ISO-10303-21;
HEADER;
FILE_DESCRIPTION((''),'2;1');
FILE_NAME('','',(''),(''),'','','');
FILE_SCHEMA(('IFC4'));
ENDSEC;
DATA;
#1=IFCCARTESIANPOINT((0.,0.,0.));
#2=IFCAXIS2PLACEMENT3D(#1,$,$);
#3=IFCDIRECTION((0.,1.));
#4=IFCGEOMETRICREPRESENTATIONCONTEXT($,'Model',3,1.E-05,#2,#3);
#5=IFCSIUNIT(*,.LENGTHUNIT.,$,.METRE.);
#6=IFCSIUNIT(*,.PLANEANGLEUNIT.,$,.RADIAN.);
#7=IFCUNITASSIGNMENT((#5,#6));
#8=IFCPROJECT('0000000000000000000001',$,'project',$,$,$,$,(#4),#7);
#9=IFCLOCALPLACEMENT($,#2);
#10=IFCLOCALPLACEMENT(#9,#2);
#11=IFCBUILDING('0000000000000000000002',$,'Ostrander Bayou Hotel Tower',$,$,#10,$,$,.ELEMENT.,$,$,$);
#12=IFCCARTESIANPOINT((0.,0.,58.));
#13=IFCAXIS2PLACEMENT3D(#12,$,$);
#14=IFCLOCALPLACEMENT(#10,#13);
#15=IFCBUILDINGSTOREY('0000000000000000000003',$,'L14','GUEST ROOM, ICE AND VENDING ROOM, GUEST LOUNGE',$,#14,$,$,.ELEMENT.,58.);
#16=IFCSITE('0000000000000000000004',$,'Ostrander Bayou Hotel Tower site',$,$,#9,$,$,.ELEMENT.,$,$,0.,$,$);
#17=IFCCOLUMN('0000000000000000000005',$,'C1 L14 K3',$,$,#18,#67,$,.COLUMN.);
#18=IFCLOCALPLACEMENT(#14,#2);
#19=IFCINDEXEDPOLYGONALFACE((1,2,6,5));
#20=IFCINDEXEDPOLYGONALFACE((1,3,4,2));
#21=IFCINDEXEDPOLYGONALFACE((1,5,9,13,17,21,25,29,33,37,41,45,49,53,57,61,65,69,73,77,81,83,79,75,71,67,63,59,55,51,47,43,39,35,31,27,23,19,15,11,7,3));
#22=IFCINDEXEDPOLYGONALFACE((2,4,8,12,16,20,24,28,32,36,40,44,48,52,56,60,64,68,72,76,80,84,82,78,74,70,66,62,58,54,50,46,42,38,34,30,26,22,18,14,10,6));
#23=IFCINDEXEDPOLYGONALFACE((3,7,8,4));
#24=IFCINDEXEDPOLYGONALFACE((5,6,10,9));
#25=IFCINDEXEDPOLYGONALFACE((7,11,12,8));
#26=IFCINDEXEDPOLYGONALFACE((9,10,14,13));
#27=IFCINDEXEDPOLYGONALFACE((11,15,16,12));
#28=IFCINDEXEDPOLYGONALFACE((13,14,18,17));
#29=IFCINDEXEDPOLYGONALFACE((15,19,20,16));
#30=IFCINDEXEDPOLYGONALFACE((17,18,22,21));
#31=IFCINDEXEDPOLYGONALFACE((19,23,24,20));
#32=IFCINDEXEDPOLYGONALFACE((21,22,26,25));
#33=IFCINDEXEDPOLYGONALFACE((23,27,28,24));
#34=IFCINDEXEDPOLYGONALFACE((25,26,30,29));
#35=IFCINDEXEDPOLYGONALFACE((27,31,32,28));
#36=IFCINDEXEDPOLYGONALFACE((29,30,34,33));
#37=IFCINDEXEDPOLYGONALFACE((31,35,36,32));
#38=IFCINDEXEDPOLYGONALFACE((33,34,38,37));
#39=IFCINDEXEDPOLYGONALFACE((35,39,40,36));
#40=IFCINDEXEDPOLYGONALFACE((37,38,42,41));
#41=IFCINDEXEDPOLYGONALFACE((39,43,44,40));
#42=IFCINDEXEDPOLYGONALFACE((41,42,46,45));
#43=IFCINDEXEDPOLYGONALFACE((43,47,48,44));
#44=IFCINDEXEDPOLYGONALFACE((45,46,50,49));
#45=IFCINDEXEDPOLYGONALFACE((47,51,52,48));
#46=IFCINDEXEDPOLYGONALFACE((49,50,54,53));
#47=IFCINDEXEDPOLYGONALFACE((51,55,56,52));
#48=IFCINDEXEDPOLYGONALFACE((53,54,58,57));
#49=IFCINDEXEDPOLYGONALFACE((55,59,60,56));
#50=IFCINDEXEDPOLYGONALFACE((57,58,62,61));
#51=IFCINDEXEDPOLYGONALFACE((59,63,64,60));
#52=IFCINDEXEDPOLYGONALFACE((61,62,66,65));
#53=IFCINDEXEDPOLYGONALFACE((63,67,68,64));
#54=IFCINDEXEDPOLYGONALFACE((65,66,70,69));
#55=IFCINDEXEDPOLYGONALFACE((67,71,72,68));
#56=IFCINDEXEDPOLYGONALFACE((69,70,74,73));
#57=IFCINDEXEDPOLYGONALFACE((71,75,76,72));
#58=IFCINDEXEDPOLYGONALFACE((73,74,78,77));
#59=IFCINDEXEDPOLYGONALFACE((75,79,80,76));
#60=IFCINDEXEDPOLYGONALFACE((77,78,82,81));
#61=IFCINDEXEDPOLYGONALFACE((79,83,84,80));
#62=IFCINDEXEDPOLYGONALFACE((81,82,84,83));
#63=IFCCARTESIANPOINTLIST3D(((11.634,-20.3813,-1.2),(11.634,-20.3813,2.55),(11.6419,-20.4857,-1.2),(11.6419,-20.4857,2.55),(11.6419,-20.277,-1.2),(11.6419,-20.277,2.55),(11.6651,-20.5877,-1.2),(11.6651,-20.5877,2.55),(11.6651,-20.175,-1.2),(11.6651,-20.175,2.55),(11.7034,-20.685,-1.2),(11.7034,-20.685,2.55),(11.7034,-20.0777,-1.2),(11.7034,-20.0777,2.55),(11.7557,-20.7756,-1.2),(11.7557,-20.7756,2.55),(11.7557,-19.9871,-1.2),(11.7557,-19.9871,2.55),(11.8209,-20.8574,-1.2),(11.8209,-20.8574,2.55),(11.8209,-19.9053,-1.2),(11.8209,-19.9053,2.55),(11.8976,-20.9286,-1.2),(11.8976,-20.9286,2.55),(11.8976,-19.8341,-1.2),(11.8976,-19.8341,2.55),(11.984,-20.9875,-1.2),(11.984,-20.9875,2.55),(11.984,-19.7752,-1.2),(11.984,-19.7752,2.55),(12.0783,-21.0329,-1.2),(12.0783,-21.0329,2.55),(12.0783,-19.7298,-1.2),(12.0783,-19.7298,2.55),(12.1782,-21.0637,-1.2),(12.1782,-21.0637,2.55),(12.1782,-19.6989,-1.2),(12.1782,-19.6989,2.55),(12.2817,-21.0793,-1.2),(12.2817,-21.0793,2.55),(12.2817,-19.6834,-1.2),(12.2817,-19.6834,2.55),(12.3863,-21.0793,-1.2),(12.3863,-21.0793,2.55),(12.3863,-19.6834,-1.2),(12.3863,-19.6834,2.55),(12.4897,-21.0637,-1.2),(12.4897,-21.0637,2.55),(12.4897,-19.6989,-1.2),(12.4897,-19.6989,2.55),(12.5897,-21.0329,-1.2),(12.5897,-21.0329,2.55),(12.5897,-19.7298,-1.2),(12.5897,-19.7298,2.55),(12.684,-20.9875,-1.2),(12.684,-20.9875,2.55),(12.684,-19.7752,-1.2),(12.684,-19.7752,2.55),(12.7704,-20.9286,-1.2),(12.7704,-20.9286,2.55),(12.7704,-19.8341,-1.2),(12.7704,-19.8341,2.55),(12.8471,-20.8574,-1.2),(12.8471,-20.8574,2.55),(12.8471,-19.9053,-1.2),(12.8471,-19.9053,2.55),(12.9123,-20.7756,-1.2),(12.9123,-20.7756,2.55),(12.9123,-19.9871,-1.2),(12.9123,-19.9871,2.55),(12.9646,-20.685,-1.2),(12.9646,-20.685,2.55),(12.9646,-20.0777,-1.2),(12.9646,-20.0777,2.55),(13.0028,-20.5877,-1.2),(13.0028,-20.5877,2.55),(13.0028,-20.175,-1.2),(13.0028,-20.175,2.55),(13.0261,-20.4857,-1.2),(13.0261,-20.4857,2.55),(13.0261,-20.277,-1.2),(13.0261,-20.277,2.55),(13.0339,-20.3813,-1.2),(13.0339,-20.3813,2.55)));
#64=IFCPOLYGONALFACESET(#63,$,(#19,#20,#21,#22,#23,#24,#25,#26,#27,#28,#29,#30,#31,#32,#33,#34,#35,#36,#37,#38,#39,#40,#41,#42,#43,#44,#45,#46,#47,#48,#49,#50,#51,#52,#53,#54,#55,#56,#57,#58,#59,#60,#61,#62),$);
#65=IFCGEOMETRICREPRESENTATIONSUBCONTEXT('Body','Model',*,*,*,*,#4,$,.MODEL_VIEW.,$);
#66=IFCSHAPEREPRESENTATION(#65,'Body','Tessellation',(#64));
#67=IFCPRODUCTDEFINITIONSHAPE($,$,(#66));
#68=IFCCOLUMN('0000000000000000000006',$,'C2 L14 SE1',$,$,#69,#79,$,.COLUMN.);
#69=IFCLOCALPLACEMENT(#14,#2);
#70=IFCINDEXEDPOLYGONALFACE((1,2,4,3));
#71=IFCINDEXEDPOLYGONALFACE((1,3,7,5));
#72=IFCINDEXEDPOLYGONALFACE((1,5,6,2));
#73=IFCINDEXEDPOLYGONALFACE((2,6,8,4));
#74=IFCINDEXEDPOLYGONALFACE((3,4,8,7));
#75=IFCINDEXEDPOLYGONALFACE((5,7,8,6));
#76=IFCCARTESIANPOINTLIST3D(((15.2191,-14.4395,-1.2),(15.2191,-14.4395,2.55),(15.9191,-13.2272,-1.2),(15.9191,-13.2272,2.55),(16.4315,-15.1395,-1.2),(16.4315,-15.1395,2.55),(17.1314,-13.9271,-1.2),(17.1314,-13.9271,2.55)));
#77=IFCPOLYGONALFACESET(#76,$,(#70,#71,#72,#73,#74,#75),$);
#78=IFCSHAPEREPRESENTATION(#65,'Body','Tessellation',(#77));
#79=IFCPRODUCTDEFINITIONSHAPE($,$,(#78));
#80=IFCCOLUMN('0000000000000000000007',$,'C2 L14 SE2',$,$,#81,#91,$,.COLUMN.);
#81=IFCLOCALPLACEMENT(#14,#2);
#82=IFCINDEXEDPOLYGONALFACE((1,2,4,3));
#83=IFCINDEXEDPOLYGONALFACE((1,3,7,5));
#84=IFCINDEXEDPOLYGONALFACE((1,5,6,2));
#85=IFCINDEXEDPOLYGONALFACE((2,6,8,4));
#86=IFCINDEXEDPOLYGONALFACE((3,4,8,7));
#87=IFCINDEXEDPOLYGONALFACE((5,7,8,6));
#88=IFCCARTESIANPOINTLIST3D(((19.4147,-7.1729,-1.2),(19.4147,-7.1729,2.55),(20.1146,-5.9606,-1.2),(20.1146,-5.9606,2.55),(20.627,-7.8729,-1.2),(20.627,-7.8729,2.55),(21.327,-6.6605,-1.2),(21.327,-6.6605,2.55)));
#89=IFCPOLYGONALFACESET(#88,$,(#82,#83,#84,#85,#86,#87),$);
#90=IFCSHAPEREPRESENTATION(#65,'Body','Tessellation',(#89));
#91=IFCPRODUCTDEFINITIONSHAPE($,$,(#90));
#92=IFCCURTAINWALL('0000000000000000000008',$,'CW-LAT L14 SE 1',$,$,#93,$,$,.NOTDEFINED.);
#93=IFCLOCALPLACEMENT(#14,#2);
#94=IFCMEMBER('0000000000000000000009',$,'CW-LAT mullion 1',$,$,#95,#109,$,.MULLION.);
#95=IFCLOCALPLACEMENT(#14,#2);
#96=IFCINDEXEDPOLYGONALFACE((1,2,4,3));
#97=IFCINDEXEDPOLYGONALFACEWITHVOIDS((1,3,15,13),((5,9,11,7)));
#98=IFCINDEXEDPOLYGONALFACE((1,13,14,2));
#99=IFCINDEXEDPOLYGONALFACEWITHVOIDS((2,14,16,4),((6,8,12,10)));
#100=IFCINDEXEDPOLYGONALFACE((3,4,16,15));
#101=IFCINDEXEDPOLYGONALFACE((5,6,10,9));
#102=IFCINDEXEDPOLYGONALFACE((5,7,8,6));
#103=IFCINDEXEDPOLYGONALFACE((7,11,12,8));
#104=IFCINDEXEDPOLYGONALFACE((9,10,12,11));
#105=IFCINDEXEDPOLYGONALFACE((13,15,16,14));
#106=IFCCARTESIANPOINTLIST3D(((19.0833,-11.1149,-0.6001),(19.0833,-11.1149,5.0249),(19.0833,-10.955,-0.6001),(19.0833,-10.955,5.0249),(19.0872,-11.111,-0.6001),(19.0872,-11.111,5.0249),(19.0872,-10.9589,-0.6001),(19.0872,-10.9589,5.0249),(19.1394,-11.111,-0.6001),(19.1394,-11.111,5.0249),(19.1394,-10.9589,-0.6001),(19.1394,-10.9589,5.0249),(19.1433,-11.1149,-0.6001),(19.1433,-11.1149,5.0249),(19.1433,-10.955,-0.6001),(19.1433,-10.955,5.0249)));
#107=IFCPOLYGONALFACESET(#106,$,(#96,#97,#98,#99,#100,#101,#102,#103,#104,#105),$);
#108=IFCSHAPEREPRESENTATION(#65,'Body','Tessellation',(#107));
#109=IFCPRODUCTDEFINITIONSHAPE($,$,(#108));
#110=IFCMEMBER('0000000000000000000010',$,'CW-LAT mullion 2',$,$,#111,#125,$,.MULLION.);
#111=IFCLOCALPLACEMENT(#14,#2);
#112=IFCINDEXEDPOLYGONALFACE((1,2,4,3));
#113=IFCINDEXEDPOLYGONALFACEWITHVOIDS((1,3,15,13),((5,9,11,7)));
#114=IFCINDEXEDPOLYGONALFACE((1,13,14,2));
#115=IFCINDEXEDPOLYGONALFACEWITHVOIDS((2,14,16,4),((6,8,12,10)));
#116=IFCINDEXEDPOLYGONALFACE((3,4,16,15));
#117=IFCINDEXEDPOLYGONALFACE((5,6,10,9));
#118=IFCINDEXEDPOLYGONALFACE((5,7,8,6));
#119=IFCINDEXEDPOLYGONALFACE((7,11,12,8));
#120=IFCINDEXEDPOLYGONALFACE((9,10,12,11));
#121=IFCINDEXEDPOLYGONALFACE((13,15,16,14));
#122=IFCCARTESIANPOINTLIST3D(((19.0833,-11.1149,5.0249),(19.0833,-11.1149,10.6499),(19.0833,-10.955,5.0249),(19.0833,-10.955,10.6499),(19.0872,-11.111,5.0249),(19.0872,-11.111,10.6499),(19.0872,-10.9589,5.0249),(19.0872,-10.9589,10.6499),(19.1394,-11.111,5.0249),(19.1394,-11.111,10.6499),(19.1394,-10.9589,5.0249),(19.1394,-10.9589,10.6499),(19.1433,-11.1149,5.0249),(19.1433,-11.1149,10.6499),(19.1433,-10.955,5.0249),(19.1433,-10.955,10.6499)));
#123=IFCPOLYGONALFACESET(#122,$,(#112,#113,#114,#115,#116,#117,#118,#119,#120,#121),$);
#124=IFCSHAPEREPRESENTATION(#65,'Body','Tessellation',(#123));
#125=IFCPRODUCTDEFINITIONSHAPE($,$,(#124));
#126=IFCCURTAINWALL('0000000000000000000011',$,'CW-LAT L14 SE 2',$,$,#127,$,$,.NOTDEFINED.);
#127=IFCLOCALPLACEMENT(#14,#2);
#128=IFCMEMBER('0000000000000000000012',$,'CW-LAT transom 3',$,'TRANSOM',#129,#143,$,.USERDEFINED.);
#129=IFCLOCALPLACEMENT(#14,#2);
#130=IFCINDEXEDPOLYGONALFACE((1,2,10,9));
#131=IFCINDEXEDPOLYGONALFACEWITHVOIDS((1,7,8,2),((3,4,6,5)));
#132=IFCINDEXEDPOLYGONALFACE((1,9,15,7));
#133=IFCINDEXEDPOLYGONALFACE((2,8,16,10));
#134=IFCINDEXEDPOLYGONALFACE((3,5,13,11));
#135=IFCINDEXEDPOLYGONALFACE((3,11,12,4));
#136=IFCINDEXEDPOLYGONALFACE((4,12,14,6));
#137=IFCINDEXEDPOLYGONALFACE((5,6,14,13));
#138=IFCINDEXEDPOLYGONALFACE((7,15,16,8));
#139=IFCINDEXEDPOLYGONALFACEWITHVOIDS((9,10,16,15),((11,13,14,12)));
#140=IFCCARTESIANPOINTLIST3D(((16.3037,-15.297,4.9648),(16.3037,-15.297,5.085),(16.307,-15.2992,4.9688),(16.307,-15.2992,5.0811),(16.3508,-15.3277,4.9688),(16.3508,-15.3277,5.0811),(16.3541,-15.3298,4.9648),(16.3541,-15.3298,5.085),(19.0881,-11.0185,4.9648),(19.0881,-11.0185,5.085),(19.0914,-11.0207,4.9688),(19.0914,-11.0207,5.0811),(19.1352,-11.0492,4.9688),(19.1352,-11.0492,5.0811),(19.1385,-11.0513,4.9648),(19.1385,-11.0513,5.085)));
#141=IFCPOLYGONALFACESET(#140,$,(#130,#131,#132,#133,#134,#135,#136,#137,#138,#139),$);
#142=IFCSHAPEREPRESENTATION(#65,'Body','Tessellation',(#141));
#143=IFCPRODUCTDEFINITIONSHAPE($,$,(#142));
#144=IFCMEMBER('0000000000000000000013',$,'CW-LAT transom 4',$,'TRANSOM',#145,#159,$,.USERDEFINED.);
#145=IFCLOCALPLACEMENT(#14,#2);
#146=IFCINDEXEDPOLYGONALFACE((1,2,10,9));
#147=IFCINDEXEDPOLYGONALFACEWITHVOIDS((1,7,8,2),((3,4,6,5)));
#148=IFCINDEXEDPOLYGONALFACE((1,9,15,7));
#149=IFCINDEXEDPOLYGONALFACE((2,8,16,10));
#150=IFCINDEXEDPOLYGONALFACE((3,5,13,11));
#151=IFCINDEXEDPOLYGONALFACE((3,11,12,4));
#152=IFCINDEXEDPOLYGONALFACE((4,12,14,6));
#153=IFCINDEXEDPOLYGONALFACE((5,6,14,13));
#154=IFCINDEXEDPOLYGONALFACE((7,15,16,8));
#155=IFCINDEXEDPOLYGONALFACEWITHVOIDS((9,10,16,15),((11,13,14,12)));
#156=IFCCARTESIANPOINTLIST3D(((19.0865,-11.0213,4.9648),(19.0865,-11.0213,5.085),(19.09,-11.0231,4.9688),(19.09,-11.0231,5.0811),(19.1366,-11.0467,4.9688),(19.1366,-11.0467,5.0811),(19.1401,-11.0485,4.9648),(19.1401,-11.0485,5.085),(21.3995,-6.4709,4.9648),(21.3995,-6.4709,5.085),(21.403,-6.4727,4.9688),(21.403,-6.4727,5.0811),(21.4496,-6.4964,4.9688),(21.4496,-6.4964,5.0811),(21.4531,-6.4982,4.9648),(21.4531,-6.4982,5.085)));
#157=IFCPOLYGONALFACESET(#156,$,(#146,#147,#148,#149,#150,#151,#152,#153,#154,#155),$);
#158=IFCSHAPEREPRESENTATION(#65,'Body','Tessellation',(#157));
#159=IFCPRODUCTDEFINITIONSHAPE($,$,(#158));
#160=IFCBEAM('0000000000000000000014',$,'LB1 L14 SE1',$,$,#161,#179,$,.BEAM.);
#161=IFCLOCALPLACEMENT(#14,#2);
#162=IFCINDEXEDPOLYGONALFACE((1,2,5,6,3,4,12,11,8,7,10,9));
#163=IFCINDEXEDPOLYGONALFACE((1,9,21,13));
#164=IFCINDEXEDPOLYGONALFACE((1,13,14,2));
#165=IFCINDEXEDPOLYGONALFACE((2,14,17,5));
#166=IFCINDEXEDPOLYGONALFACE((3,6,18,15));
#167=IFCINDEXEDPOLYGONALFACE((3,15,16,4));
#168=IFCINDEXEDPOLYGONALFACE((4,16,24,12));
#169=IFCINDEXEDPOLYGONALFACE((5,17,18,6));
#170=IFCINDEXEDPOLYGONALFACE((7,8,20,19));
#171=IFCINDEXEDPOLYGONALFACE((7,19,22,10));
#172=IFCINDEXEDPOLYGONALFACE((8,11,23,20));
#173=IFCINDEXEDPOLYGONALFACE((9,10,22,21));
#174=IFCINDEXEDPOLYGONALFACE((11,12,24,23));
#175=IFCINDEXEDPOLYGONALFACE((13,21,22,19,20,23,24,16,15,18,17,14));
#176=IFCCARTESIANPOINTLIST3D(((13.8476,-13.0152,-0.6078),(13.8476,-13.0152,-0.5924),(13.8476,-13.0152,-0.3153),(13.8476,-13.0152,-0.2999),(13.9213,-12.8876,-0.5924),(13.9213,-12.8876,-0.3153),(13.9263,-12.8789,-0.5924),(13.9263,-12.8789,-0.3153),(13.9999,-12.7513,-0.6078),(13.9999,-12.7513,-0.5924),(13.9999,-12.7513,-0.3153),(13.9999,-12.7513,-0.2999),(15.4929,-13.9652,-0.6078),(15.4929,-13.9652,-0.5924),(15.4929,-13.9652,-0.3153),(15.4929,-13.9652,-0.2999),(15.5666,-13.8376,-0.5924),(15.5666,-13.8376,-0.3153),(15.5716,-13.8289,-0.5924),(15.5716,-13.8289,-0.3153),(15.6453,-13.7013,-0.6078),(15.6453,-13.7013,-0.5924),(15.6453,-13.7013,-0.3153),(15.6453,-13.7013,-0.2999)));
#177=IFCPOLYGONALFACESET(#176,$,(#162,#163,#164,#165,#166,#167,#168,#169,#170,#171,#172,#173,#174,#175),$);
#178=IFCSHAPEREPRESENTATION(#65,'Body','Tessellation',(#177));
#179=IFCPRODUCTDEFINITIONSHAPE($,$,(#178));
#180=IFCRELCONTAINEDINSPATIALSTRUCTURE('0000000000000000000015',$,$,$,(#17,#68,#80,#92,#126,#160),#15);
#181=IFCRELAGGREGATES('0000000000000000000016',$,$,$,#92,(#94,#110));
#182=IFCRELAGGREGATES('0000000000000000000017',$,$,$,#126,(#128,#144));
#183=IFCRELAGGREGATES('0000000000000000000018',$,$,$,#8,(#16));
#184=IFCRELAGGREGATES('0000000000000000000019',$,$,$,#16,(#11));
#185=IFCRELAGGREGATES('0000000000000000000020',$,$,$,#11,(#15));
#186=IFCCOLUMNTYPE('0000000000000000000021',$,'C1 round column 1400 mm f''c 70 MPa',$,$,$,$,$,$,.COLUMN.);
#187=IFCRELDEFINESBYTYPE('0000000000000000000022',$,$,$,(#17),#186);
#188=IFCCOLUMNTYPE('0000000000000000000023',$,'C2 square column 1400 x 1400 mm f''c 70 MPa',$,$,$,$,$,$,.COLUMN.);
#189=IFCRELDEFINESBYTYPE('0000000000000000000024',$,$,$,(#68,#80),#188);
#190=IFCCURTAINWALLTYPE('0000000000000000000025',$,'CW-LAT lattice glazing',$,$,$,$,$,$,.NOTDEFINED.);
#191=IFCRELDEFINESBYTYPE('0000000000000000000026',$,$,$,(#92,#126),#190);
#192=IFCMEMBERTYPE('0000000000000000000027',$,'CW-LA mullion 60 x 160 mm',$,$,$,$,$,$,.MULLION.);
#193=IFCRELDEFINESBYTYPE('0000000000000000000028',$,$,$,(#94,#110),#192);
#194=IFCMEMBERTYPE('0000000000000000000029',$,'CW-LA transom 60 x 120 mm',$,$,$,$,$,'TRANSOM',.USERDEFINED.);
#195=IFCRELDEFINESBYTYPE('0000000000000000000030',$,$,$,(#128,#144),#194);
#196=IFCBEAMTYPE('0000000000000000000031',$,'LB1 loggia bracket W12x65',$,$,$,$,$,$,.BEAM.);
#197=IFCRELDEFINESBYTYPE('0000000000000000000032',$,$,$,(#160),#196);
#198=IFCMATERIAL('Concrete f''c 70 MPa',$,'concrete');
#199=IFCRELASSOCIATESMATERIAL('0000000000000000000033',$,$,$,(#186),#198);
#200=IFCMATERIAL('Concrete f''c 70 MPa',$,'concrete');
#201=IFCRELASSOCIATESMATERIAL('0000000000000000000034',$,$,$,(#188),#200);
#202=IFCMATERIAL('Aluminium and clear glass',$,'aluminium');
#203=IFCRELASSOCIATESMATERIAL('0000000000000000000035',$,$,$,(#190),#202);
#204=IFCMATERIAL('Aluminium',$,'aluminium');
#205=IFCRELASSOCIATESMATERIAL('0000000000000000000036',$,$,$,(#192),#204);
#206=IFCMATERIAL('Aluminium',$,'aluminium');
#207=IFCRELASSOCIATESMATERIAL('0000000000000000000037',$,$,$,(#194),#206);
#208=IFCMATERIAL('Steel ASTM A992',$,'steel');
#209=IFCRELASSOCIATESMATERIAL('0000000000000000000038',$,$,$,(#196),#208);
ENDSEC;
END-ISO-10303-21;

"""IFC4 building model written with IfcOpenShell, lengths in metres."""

from ifc_helpers import new_model, si_unit, direction, frame, origin, origin_2d, place, context, subcontext, project, spatial, rectangle, hollow_rectangle, circle, i_section, extrude, material, material_profile, profile_set, type_object, element, aggregate, save


model = new_model("IFC4")

# Units and contexts
model_context = context("Model", 3, precision=1e-05, world=origin(), true_north=direction((0.0, 1.0)))
body_context = subcontext(model_context, "Body", "Model", "MODEL_VIEW")
ifc_project = project(units=[si_unit("LENGTHUNIT", "METRE"), si_unit("PLANEANGLEUNIT", "RADIAN")], contexts=[model_context])

# Site, building, storey
site_placement = place(None, origin())
site = spatial("IfcSite", under=ifc_project, at=site_placement, Name="Ostrander Bayou Hotel Tower site", CompositionType="ELEMENT", RefElevation=0.0)
building_placement = place(site_placement, origin())
building = spatial("IfcBuilding", under=site, at=building_placement, Name="Ostrander Bayou Hotel Tower", CompositionType="ELEMENT")
storey_placement = place(building_placement, frame((0.0, 0.0, 58.0)))
storey = spatial("IfcBuildingStorey", under=building, at=storey_placement, Name="L14", Description="GUEST ROOM, ICE AND VENDING ROOM, GUEST LOUNGE", CompositionType="ELEMENT", Elevation=58.0)

# Columns
ifc_material_1 = material(Name="Concrete f'c 70 MPa", Category="concrete")
ifc_material_profile_1 = material_profile(ifc_material_1, circle(Radius=0.7, at=origin_2d()))
ifc_profile_set_1 = profile_set([ifc_material_profile_1], Name="Concrete f'c 70 MPa")
column_type_1 = type_object("IfcColumnType", Name="C1 round column 1400 mm f'c 70 MPa", PredefinedType="COLUMN", material=ifc_profile_set_1)
column_placement = place(storey_placement, frame((12.334, -20.3813, -1.2), z_axis=(0.0, 0.0, 1.0), x_axis=(1.0, 0.0, 0.0)))
element("IfcColumn", 1, at=column_placement, inside=storey, type_object=column_type_1, Name="C1 L14 K3", PredefinedType="COLUMN", context=body_context, shape_type="SweptSolid", body=[
    extrude(circle(Radius=0.7, at=origin_2d()), origin(), (0.0, 0.0, 1.0), 3.75),
])
ifc_material_2 = material(Name="Concrete f'c 70 MPa", Category="concrete")
ifc_material_profile_2 = material_profile(ifc_material_2, rectangle(XDim=1.3999, YDim=1.3999, at=origin_2d()))
ifc_profile_set_2 = profile_set([ifc_material_profile_2], Name="Concrete f'c 70 MPa")
column_type_2 = type_object("IfcColumnType", Name="C2 square column 1400 x 1400 mm f'c 70 MPa", PredefinedType="COLUMN", material=ifc_profile_set_2)
for number, where, z_axis, x_axis, name in (
    (2, (16.1753, -14.1833, -1.2), (0.0, 0.0, 1.0), (-0.5, -0.866025, 0.0), "C2 L14 SE1"),
    (3, (20.3708, -6.9167, -1.2), (0.0, 0.0, 1.0), (-0.5, -0.866025, 0.0), "C2 L14 SE2"),
):
    element("IfcColumn", number, at=place(storey_placement, frame(where, z_axis=z_axis, x_axis=x_axis)), inside=storey, type_object=column_type_2, Name=name, PredefinedType="COLUMN", context=body_context, shape_type="SweptSolid", body=[
        extrude(rectangle(XDim=1.3999, YDim=1.3999, at=origin_2d()), origin(), (0.0, 0.0, 1.0), 3.75),
    ])

# Curtain walls, members
ifc_material_3 = material(Name="Aluminium and clear glass", Category="aluminium")
curtain_wall_type = type_object("IfcCurtainWallType", Name="CW-LAT lattice glazing", PredefinedType="NOTDEFINED", material=ifc_material_3)
curtain_wall_1_placement = place(storey_placement, origin())
curtain_wall_1 = element("IfcCurtainWall", 4, at=curtain_wall_1_placement, inside=storey, type_object=curtain_wall_type, Name="CW-LAT L14 SE 1", PredefinedType="NOTDEFINED")
ifc_material_4 = material(Name="Aluminium", Category="aluminium")
ifc_material_profile_3 = material_profile(ifc_material_4, hollow_rectangle(XDim=0.0601, YDim=0.1599, WallThickness=0.0039, at=origin_2d()))
ifc_profile_set_3 = profile_set([ifc_material_profile_3], Name="Aluminium")
member_type_1 = type_object("IfcMemberType", Name="CW-LA mullion 60 x 160 mm", PredefinedType="MULLION", material=ifc_profile_set_3)
member_1_placement = place(storey_placement, frame((19.1133, -11.0349, -0.6001), z_axis=(0.0, 0.0, 1.0), x_axis=(1.0, 0.0, 0.0)))
member_1 = element("IfcMember", 5, at=member_1_placement, type_object=member_type_1, Name="CW-LAT mullion 1", PredefinedType="MULLION", context=body_context, shape_type="SweptSolid", body=[
    extrude(hollow_rectangle(XDim=0.0601, YDim=0.1599, WallThickness=0.0039, at=origin_2d()), origin(), (0.0, 0.0, 1.0), 5.625),
])
member_2_placement = place(storey_placement, frame((19.1133, -11.0349, 5.0249), z_axis=(0.0, 0.0, 1.0), x_axis=(1.0, 0.0, 0.0)))
member_2 = element("IfcMember", 6, at=member_2_placement, type_object=member_type_1, Name="CW-LAT mullion 2", PredefinedType="MULLION", context=body_context, shape_type="SweptSolid", body=[
    extrude(hollow_rectangle(XDim=0.0601, YDim=0.1599, WallThickness=0.0039, at=origin_2d()), origin(), (0.0, 0.0, 1.0), 5.625),
])
curtain_wall_2_placement = place(storey_placement, origin())
curtain_wall_2 = element("IfcCurtainWall", 7, at=curtain_wall_2_placement, inside=storey, type_object=curtain_wall_type, Name="CW-LAT L14 SE 2", PredefinedType="NOTDEFINED")
ifc_material_5 = material(Name="Aluminium", Category="aluminium")
ifc_material_profile_4 = material_profile(ifc_material_5, hollow_rectangle(XDim=0.0601, YDim=0.1201, WallThickness=0.0039, at=origin_2d()))
ifc_profile_set_4 = profile_set([ifc_material_profile_4], Name="Aluminium")
member_type_2 = type_object("IfcMemberType", Name="CW-LA transom 60 x 120 mm", ElementType="TRANSOM", PredefinedType="USERDEFINED", material=ifc_profile_set_4)
member_3_placement = place(storey_placement, frame((19.1133, -11.0349, 5.0249), z_axis=(-0.545451, -0.838143, 0.0), x_axis=(0.838143, -0.545451, 0.0)))
member_3 = element("IfcMember", 8, at=member_3_placement, type_object=member_type_2, Name="CW-LAT transom 3", ObjectType="TRANSOM", PredefinedType="USERDEFINED", context=body_context, shape_type="SweptSolid", body=[
    extrude(hollow_rectangle(XDim=0.0601, YDim=0.1201, WallThickness=0.0039, at=origin_2d()), origin(), (0.0, 0.0, 1.0), 5.1047),
])
member_4_placement = place(storey_placement, frame((19.1133, -11.0349, 5.0249), z_axis=(0.453135, 0.891442, 0.0), x_axis=(-0.891442, 0.453135, 0.0)))
member_4 = element("IfcMember", 9, at=member_4_placement, type_object=member_type_2, Name="CW-LAT transom 4", ObjectType="TRANSOM", PredefinedType="USERDEFINED", context=body_context, shape_type="SweptSolid", body=[
    extrude(hollow_rectangle(XDim=0.0601, YDim=0.1201, WallThickness=0.0039, at=origin_2d()), origin(), (0.0, 0.0, 1.0), 5.1045),
])

# Beam
ifc_material_6 = material(Name="Steel ASTM A992", Category="steel")
ifc_material_profile_5 = material_profile(ifc_material_6, i_section(OverallWidth=0.3047, OverallDepth=0.3079, WebThickness=0.01, FlangeThickness=0.0154, at=origin_2d()))
ifc_profile_set_5 = profile_set([ifc_material_profile_5], Name="Steel ASTM A992")
beam_type_1 = type_object("IfcBeamType", Name="LB1 loggia bracket W12x65", PredefinedType="BEAM", material=ifc_profile_set_5)
beam_1_placement = place(storey_placement, frame((15.5691, -13.8333, -0.4539), z_axis=(-0.866012, 0.500023, 0.0), x_axis=(-0.500023, -0.866012, 0.0)))
element("IfcBeam", 10, at=beam_1_placement, inside=storey, type_object=beam_type_1, Name="LB1 L14 SE1", PredefinedType="BEAM", context=body_context, shape_type="SweptSolid", body=[
    extrude(i_section(OverallWidth=0.3047, OverallDepth=0.3079, WebThickness=0.01, FlangeThickness=0.0154, at=origin_2d()), origin(), (0.0, 0.0, 1.0), 1.8999),
])

aggregate(curtain_wall_1, [member_1, member_2])
aggregate(curtain_wall_2, [member_3, member_4])

save(model, "model.ifc")
